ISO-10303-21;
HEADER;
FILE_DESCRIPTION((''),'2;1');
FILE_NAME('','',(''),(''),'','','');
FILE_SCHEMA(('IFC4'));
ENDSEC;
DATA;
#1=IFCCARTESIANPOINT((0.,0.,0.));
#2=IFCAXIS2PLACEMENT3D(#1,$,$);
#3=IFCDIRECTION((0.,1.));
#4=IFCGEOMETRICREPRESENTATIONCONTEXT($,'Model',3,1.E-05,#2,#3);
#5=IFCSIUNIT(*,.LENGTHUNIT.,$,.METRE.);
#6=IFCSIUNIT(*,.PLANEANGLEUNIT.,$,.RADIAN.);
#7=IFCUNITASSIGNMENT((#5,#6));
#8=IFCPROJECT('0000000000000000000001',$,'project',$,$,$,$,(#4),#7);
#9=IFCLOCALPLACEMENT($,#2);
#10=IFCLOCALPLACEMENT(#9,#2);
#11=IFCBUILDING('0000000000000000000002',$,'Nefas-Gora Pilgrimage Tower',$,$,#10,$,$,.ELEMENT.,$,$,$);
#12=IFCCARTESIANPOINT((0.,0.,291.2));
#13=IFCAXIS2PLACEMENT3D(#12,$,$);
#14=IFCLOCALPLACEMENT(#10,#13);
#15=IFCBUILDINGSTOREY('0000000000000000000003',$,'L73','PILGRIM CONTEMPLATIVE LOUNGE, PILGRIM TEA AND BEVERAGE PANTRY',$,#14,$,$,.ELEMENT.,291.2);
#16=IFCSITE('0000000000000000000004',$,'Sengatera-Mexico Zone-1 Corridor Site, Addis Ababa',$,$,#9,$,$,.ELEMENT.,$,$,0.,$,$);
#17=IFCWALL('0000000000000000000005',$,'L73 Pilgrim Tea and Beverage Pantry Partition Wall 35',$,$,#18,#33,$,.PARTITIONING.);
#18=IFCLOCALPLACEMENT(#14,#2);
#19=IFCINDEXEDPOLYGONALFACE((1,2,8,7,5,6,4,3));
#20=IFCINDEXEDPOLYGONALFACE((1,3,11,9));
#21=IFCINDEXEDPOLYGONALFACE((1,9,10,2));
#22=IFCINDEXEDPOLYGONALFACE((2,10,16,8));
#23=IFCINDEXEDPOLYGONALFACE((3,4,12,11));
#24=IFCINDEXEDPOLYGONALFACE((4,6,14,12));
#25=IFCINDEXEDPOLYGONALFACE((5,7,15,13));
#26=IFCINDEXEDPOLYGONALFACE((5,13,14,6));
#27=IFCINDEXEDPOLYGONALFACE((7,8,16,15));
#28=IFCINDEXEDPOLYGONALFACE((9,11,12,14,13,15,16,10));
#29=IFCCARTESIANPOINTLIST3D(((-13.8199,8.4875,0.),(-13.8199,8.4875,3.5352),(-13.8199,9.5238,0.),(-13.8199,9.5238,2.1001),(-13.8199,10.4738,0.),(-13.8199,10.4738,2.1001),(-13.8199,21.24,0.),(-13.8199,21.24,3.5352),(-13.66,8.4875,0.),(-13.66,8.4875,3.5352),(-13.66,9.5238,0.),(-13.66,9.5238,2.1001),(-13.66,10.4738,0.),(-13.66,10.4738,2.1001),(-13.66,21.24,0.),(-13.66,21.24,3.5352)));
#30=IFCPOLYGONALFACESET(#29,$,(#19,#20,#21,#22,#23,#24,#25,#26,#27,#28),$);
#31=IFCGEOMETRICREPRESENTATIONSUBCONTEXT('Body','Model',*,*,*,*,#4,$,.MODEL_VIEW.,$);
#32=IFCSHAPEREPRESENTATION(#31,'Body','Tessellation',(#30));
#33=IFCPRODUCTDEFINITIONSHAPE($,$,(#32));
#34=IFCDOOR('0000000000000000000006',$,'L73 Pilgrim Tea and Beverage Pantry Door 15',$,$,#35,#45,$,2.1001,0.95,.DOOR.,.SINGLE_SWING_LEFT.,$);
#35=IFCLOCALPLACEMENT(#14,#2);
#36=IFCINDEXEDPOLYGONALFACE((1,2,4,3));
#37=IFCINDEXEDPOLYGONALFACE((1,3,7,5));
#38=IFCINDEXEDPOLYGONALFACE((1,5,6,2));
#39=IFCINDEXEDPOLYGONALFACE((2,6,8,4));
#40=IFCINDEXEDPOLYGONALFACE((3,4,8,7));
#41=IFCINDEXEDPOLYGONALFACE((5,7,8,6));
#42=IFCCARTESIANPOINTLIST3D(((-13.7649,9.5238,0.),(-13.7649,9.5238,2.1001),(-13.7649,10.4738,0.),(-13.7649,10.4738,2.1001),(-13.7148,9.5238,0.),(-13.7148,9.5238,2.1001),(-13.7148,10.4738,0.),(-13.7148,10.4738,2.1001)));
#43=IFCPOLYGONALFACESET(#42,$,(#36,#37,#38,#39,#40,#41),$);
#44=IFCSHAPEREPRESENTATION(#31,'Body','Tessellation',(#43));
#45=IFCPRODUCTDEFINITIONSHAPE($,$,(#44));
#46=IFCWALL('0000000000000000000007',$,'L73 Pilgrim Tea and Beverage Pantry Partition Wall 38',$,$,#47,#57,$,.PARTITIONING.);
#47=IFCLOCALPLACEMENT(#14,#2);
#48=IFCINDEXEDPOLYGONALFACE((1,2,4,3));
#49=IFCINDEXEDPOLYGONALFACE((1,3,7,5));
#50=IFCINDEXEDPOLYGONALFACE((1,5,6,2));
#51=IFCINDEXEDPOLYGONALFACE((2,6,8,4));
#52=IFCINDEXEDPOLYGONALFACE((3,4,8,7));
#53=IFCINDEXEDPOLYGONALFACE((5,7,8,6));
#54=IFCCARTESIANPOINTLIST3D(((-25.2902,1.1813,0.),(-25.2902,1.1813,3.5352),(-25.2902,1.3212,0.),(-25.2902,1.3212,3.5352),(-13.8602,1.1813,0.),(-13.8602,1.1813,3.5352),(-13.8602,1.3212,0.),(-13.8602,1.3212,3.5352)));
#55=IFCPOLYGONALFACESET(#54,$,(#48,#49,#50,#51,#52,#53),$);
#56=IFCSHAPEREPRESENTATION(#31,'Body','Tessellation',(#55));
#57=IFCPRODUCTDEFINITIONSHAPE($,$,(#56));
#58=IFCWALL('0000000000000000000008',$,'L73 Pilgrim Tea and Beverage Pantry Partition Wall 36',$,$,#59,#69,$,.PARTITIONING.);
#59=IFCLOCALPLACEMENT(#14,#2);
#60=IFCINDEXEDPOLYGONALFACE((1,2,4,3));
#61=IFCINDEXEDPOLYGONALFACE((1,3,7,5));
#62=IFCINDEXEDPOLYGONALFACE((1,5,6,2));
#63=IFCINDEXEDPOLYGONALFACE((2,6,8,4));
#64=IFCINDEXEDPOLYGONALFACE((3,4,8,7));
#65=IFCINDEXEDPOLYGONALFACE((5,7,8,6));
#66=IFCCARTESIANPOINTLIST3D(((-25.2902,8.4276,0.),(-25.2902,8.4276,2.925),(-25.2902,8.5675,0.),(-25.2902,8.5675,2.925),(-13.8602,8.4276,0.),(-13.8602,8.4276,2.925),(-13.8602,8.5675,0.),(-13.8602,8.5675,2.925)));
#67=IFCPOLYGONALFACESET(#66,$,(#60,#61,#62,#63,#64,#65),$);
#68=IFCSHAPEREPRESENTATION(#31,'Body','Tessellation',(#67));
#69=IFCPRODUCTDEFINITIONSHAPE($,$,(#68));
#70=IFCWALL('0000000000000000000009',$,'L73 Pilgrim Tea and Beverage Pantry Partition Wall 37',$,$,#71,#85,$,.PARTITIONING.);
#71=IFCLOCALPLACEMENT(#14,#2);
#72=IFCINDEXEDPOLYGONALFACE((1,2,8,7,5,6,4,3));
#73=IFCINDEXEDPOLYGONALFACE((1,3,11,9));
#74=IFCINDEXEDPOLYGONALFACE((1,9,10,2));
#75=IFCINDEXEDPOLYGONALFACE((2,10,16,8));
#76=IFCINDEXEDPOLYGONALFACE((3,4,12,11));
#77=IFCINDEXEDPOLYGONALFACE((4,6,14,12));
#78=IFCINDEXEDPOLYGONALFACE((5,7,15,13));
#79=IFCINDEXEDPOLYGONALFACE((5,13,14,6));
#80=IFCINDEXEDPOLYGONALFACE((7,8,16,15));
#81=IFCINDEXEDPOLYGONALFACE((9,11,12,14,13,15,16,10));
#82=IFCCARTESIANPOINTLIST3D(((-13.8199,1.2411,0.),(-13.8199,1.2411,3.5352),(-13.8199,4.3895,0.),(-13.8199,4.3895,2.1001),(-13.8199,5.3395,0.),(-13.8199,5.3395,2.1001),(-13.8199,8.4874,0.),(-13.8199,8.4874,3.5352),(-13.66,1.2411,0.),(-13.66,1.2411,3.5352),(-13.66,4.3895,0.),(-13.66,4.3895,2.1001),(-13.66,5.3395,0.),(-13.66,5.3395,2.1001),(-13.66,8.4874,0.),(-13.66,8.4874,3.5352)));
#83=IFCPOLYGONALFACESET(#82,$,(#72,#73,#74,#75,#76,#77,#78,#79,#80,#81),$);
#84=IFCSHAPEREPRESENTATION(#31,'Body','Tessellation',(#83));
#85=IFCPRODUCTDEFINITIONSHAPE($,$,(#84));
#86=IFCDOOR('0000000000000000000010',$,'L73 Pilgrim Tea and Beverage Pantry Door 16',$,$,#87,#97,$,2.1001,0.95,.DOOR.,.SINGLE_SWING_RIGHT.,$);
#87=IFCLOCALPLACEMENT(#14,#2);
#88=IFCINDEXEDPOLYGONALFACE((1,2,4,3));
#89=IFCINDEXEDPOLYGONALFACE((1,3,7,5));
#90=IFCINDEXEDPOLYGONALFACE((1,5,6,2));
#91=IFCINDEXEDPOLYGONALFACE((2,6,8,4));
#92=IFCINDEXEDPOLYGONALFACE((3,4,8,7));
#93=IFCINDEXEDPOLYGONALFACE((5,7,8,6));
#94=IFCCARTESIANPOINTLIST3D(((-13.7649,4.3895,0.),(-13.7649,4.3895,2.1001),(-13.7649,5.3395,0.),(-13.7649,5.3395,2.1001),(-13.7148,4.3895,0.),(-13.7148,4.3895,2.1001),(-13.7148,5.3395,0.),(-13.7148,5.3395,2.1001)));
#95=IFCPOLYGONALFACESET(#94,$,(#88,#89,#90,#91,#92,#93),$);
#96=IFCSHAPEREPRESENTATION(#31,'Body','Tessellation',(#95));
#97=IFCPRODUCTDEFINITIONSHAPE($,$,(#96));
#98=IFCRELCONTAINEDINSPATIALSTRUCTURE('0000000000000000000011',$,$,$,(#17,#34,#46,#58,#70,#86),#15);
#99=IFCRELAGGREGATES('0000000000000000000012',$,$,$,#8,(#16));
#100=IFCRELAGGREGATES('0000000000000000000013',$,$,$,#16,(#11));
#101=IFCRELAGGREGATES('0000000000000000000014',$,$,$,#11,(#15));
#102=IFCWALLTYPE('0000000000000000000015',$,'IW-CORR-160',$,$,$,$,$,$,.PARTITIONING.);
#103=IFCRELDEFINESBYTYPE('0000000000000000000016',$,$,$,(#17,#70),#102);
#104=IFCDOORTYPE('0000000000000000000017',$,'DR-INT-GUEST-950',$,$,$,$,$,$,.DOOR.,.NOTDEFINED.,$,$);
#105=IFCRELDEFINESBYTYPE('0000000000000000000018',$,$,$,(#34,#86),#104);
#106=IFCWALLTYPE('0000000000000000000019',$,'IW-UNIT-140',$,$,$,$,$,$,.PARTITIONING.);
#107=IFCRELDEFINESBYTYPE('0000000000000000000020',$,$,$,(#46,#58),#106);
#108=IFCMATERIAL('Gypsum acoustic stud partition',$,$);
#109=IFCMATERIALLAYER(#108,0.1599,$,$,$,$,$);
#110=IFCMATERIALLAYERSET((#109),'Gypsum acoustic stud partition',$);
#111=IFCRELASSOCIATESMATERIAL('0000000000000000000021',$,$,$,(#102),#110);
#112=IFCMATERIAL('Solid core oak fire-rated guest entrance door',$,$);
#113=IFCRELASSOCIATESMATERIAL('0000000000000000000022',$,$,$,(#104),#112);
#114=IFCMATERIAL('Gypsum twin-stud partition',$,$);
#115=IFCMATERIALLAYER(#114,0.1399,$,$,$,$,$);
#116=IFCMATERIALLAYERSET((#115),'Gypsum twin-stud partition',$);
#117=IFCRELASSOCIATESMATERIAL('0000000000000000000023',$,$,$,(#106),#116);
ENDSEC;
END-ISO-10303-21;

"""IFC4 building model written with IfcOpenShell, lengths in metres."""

from ifc_helpers import new_model, si_unit, direction, frame, frame_2d, origin, place, context, subcontext, project, spatial, rectangle, extrude, source, transform, mapped, material, layer, layer_set, type_object, element, fill, save


model = new_model("IFC4")

# Units and contexts
model_context = context("Model", 3, precision=1e-05, world=origin(), true_north=direction((0.0, 1.0)))
body_context = subcontext(model_context, "Body", "Model", "MODEL_VIEW")
ifc_project = project(units=[si_unit("LENGTHUNIT", "METRE"), si_unit("PLANEANGLEUNIT", "RADIAN")], contexts=[model_context])

# Site, building, storey
site_placement = place(None, origin())
site = spatial("IfcSite", under=ifc_project, at=site_placement, Name="Sengatera-Mexico Zone-1 Corridor Site, Addis Ababa", CompositionType="ELEMENT", RefElevation=0.0)
building_placement = place(site_placement, origin())
building = spatial("IfcBuilding", under=site, at=building_placement, Name="Nefas-Gora Pilgrimage Tower", CompositionType="ELEMENT")
storey_placement = place(building_placement, frame((0.0, 0.0, 291.2)))
storey = spatial("IfcBuildingStorey", under=building, at=storey_placement, Name="L73", Description="PILGRIM CONTEMPLATIVE LOUNGE, PILGRIM TEA AND BEVERAGE PANTRY", CompositionType="ELEMENT", Elevation=291.2)

# Wall, opening, door
ifc_material_1 = material(Name="Gypsum acoustic stud partition")
ifc_layer_1 = layer(ifc_material_1, 0.1599)
ifc_layer_set_1 = layer_set([ifc_layer_1], Name="Gypsum acoustic stud partition")
wall_type_1 = type_object("IfcWallType", Name="IW-CORR-160", PredefinedType="PARTITIONING", material=ifc_layer_set_1)
shared_shape_1 = source(origin(), body_context, "Body", "SweptSolid", [
    extrude(rectangle(XDim=12.7524, YDim=0.1599, at=frame_2d((6.3762, 0.0))), origin(), (0.0, 0.0, 1.0), 3.5352),
])
wall_1_placement = place(storey_placement, frame((-13.74, 8.4875, 0.0), z_axis=(0.0, 0.0, 1.0), x_axis=(0.0, 1.0, 0.0)))
wall_1 = element("IfcWall", 1, at=wall_1_placement, inside=storey, type_object=wall_type_1, Name="L73 Pilgrim Tea and Beverage Pantry Partition Wall 35", PredefinedType="PARTITIONING", context=body_context, shape_type="MappedRepresentation", body=[
    mapped(shared_shape_1, transform((0.0, 0.0, 0.0), x_axis=(1.0, 0.0, 0.0), y_axis=(0.0, 1.0, 0.0), z_axis=(0.0, 0.0, 1.0), scale=1.0)),
])
opening_1_placement = place(wall_1_placement, frame((1.0361, 0.0, 0.0)))
opening_1 = element("IfcOpeningElement", 2, at=opening_1_placement, cuts=wall_1, PredefinedType="OPENING", context=body_context, shape_type="SweptSolid", body=[
    extrude(rectangle(XDim=0.95, YDim=2.1001, at=frame_2d((0.4751, 1.05))), frame((0.0, 0.0898, 0.0), z_axis=(0.0, -1.0, 0.0), x_axis=(1.0, 0.0, 0.0)), (0.0, 0.0, 1.0), 0.1799),
])
ifc_material_2 = material(Name="Solid core oak fire-rated guest entrance door")
door_type = type_object("IfcDoorType", Name="DR-INT-GUEST-950", OperationType="NOTDEFINED", PredefinedType="DOOR", material=ifc_material_2)
shared_shape_2 = source(origin(), body_context, "Body", "SweptSolid", [
    extrude(rectangle(XDim=0.95, YDim=2.1001, at=frame_2d((0.4751, 1.05))), frame((0.0, 0.0249, 0.0), z_axis=(0.0, -1.0, 0.0), x_axis=(1.0, 0.0, 0.0)), (0.0, 0.0, 1.0), 0.05),
])
door_1_placement = place(opening_1_placement, origin())
door_1 = element("IfcDoor", 3, at=door_1_placement, inside=storey, type_object=door_type, Name="L73 Pilgrim Tea and Beverage Pantry Door 15", OperationType="SINGLE_SWING_LEFT", OverallHeight=2.1001, OverallWidth=0.95, PredefinedType="DOOR", context=body_context, shape_type="MappedRepresentation", body=[
    mapped(shared_shape_2, transform((0.0, 0.0, 0.0), x_axis=(1.0, 0.0, 0.0), y_axis=(0.0, 1.0, 0.0), z_axis=(0.0, 0.0, 1.0), scale=1.0)),
])
fill(opening_1, door_1)

# Walls
ifc_material_3 = material(Name="Gypsum twin-stud partition")
ifc_layer_2 = layer(ifc_material_3, 0.1399)
ifc_layer_set_2 = layer_set([ifc_layer_2], Name="Gypsum twin-stud partition")
wall_type_2 = type_object("IfcWallType", Name="IW-UNIT-140", PredefinedType="PARTITIONING", material=ifc_layer_set_2)
shared_shape_3 = source(origin(), body_context, "Body", "SweptSolid", [
    extrude(rectangle(XDim=11.4299, YDim=0.1399, at=frame_2d((5.7148, 0.0))), origin(), (0.0, 0.0, 1.0), 3.5352),
])
wall_2_placement = place(storey_placement, frame((-25.29, 1.2512, 0.0), z_axis=(0.0, 0.0, 1.0), x_axis=(1.0, 0.0, 0.0)))
element("IfcWall", 4, at=wall_2_placement, inside=storey, type_object=wall_type_2, Name="L73 Pilgrim Tea and Beverage Pantry Partition Wall 38", PredefinedType="PARTITIONING", context=body_context, shape_type="MappedRepresentation", body=[
    mapped(shared_shape_3, transform((0.0, 0.0, 0.0), x_axis=(1.0, 0.0, 0.0), y_axis=(0.0, 1.0, 0.0), z_axis=(0.0, 0.0, 1.0), scale=1.0)),
])
shared_shape_4 = source(origin(), body_context, "Body", "SweptSolid", [
    extrude(rectangle(XDim=11.4299, YDim=0.1399, at=frame_2d((5.7148, 0.0))), origin(), (0.0, 0.0, 1.0), 2.925),
])
wall_3_placement = place(storey_placement, frame((-25.29, 8.4976, 0.0), z_axis=(0.0, 0.0, 1.0), x_axis=(1.0, 0.0, 0.0)))
element("IfcWall", 5, at=wall_3_placement, inside=storey, type_object=wall_type_2, Name="L73 Pilgrim Tea and Beverage Pantry Partition Wall 36", PredefinedType="PARTITIONING", context=body_context, shape_type="MappedRepresentation", body=[
    mapped(shared_shape_4, transform((0.0, 0.0, 0.0), x_axis=(1.0, 0.0, 0.0), y_axis=(0.0, 1.0, 0.0), z_axis=(0.0, 0.0, 1.0), scale=1.0)),
])

# Wall, opening, door
shared_shape_5 = source(origin(), body_context, "Body", "SweptSolid", [
    extrude(rectangle(XDim=7.2463, YDim=0.1599, at=frame_2d((3.623, 0.0))), origin(), (0.0, 0.0, 1.0), 3.5352),
])
wall_4_placement = place(storey_placement, frame((-13.74, 1.2412, 0.0), z_axis=(0.0, 0.0, 1.0), x_axis=(0.0, 1.0, 0.0)))
wall_4 = element("IfcWall", 6, at=wall_4_placement, inside=storey, type_object=wall_type_1, Name="L73 Pilgrim Tea and Beverage Pantry Partition Wall 37", PredefinedType="PARTITIONING", context=body_context, shape_type="MappedRepresentation", body=[
    mapped(shared_shape_5, transform((0.0, 0.0, 0.0), x_axis=(1.0, 0.0, 0.0), y_axis=(0.0, 1.0, 0.0), z_axis=(0.0, 0.0, 1.0), scale=1.0)),
])
opening_2_placement = place(wall_4_placement, frame((3.1482, 0.0, 0.0)))
opening_2 = element("IfcOpeningElement", 7, at=opening_2_placement, cuts=wall_4, PredefinedType="OPENING", context=body_context, shape_type="SweptSolid", body=[
    extrude(rectangle(XDim=0.95, YDim=2.1001, at=frame_2d((0.4751, 1.05))), frame((0.0, 0.0898, 0.0), z_axis=(0.0, -1.0, 0.0), x_axis=(1.0, 0.0, 0.0)), (0.0, 0.0, 1.0), 0.1799),
])
door_2_placement = place(opening_2_placement, origin())
door_2 = element("IfcDoor", 8, at=door_2_placement, inside=storey, type_object=door_type, Name="L73 Pilgrim Tea and Beverage Pantry Door 16", OperationType="SINGLE_SWING_RIGHT", OverallHeight=2.1001, OverallWidth=0.95, PredefinedType="DOOR", context=body_context, shape_type="MappedRepresentation", body=[
    mapped(shared_shape_2, transform((0.0, 0.0, 0.0), x_axis=(1.0, 0.0, 0.0), y_axis=(0.0, 1.0, 0.0), z_axis=(0.0, 0.0, 1.0), scale=1.0)),
])
fill(opening_2, door_2)

save(model, "model.ifc")
